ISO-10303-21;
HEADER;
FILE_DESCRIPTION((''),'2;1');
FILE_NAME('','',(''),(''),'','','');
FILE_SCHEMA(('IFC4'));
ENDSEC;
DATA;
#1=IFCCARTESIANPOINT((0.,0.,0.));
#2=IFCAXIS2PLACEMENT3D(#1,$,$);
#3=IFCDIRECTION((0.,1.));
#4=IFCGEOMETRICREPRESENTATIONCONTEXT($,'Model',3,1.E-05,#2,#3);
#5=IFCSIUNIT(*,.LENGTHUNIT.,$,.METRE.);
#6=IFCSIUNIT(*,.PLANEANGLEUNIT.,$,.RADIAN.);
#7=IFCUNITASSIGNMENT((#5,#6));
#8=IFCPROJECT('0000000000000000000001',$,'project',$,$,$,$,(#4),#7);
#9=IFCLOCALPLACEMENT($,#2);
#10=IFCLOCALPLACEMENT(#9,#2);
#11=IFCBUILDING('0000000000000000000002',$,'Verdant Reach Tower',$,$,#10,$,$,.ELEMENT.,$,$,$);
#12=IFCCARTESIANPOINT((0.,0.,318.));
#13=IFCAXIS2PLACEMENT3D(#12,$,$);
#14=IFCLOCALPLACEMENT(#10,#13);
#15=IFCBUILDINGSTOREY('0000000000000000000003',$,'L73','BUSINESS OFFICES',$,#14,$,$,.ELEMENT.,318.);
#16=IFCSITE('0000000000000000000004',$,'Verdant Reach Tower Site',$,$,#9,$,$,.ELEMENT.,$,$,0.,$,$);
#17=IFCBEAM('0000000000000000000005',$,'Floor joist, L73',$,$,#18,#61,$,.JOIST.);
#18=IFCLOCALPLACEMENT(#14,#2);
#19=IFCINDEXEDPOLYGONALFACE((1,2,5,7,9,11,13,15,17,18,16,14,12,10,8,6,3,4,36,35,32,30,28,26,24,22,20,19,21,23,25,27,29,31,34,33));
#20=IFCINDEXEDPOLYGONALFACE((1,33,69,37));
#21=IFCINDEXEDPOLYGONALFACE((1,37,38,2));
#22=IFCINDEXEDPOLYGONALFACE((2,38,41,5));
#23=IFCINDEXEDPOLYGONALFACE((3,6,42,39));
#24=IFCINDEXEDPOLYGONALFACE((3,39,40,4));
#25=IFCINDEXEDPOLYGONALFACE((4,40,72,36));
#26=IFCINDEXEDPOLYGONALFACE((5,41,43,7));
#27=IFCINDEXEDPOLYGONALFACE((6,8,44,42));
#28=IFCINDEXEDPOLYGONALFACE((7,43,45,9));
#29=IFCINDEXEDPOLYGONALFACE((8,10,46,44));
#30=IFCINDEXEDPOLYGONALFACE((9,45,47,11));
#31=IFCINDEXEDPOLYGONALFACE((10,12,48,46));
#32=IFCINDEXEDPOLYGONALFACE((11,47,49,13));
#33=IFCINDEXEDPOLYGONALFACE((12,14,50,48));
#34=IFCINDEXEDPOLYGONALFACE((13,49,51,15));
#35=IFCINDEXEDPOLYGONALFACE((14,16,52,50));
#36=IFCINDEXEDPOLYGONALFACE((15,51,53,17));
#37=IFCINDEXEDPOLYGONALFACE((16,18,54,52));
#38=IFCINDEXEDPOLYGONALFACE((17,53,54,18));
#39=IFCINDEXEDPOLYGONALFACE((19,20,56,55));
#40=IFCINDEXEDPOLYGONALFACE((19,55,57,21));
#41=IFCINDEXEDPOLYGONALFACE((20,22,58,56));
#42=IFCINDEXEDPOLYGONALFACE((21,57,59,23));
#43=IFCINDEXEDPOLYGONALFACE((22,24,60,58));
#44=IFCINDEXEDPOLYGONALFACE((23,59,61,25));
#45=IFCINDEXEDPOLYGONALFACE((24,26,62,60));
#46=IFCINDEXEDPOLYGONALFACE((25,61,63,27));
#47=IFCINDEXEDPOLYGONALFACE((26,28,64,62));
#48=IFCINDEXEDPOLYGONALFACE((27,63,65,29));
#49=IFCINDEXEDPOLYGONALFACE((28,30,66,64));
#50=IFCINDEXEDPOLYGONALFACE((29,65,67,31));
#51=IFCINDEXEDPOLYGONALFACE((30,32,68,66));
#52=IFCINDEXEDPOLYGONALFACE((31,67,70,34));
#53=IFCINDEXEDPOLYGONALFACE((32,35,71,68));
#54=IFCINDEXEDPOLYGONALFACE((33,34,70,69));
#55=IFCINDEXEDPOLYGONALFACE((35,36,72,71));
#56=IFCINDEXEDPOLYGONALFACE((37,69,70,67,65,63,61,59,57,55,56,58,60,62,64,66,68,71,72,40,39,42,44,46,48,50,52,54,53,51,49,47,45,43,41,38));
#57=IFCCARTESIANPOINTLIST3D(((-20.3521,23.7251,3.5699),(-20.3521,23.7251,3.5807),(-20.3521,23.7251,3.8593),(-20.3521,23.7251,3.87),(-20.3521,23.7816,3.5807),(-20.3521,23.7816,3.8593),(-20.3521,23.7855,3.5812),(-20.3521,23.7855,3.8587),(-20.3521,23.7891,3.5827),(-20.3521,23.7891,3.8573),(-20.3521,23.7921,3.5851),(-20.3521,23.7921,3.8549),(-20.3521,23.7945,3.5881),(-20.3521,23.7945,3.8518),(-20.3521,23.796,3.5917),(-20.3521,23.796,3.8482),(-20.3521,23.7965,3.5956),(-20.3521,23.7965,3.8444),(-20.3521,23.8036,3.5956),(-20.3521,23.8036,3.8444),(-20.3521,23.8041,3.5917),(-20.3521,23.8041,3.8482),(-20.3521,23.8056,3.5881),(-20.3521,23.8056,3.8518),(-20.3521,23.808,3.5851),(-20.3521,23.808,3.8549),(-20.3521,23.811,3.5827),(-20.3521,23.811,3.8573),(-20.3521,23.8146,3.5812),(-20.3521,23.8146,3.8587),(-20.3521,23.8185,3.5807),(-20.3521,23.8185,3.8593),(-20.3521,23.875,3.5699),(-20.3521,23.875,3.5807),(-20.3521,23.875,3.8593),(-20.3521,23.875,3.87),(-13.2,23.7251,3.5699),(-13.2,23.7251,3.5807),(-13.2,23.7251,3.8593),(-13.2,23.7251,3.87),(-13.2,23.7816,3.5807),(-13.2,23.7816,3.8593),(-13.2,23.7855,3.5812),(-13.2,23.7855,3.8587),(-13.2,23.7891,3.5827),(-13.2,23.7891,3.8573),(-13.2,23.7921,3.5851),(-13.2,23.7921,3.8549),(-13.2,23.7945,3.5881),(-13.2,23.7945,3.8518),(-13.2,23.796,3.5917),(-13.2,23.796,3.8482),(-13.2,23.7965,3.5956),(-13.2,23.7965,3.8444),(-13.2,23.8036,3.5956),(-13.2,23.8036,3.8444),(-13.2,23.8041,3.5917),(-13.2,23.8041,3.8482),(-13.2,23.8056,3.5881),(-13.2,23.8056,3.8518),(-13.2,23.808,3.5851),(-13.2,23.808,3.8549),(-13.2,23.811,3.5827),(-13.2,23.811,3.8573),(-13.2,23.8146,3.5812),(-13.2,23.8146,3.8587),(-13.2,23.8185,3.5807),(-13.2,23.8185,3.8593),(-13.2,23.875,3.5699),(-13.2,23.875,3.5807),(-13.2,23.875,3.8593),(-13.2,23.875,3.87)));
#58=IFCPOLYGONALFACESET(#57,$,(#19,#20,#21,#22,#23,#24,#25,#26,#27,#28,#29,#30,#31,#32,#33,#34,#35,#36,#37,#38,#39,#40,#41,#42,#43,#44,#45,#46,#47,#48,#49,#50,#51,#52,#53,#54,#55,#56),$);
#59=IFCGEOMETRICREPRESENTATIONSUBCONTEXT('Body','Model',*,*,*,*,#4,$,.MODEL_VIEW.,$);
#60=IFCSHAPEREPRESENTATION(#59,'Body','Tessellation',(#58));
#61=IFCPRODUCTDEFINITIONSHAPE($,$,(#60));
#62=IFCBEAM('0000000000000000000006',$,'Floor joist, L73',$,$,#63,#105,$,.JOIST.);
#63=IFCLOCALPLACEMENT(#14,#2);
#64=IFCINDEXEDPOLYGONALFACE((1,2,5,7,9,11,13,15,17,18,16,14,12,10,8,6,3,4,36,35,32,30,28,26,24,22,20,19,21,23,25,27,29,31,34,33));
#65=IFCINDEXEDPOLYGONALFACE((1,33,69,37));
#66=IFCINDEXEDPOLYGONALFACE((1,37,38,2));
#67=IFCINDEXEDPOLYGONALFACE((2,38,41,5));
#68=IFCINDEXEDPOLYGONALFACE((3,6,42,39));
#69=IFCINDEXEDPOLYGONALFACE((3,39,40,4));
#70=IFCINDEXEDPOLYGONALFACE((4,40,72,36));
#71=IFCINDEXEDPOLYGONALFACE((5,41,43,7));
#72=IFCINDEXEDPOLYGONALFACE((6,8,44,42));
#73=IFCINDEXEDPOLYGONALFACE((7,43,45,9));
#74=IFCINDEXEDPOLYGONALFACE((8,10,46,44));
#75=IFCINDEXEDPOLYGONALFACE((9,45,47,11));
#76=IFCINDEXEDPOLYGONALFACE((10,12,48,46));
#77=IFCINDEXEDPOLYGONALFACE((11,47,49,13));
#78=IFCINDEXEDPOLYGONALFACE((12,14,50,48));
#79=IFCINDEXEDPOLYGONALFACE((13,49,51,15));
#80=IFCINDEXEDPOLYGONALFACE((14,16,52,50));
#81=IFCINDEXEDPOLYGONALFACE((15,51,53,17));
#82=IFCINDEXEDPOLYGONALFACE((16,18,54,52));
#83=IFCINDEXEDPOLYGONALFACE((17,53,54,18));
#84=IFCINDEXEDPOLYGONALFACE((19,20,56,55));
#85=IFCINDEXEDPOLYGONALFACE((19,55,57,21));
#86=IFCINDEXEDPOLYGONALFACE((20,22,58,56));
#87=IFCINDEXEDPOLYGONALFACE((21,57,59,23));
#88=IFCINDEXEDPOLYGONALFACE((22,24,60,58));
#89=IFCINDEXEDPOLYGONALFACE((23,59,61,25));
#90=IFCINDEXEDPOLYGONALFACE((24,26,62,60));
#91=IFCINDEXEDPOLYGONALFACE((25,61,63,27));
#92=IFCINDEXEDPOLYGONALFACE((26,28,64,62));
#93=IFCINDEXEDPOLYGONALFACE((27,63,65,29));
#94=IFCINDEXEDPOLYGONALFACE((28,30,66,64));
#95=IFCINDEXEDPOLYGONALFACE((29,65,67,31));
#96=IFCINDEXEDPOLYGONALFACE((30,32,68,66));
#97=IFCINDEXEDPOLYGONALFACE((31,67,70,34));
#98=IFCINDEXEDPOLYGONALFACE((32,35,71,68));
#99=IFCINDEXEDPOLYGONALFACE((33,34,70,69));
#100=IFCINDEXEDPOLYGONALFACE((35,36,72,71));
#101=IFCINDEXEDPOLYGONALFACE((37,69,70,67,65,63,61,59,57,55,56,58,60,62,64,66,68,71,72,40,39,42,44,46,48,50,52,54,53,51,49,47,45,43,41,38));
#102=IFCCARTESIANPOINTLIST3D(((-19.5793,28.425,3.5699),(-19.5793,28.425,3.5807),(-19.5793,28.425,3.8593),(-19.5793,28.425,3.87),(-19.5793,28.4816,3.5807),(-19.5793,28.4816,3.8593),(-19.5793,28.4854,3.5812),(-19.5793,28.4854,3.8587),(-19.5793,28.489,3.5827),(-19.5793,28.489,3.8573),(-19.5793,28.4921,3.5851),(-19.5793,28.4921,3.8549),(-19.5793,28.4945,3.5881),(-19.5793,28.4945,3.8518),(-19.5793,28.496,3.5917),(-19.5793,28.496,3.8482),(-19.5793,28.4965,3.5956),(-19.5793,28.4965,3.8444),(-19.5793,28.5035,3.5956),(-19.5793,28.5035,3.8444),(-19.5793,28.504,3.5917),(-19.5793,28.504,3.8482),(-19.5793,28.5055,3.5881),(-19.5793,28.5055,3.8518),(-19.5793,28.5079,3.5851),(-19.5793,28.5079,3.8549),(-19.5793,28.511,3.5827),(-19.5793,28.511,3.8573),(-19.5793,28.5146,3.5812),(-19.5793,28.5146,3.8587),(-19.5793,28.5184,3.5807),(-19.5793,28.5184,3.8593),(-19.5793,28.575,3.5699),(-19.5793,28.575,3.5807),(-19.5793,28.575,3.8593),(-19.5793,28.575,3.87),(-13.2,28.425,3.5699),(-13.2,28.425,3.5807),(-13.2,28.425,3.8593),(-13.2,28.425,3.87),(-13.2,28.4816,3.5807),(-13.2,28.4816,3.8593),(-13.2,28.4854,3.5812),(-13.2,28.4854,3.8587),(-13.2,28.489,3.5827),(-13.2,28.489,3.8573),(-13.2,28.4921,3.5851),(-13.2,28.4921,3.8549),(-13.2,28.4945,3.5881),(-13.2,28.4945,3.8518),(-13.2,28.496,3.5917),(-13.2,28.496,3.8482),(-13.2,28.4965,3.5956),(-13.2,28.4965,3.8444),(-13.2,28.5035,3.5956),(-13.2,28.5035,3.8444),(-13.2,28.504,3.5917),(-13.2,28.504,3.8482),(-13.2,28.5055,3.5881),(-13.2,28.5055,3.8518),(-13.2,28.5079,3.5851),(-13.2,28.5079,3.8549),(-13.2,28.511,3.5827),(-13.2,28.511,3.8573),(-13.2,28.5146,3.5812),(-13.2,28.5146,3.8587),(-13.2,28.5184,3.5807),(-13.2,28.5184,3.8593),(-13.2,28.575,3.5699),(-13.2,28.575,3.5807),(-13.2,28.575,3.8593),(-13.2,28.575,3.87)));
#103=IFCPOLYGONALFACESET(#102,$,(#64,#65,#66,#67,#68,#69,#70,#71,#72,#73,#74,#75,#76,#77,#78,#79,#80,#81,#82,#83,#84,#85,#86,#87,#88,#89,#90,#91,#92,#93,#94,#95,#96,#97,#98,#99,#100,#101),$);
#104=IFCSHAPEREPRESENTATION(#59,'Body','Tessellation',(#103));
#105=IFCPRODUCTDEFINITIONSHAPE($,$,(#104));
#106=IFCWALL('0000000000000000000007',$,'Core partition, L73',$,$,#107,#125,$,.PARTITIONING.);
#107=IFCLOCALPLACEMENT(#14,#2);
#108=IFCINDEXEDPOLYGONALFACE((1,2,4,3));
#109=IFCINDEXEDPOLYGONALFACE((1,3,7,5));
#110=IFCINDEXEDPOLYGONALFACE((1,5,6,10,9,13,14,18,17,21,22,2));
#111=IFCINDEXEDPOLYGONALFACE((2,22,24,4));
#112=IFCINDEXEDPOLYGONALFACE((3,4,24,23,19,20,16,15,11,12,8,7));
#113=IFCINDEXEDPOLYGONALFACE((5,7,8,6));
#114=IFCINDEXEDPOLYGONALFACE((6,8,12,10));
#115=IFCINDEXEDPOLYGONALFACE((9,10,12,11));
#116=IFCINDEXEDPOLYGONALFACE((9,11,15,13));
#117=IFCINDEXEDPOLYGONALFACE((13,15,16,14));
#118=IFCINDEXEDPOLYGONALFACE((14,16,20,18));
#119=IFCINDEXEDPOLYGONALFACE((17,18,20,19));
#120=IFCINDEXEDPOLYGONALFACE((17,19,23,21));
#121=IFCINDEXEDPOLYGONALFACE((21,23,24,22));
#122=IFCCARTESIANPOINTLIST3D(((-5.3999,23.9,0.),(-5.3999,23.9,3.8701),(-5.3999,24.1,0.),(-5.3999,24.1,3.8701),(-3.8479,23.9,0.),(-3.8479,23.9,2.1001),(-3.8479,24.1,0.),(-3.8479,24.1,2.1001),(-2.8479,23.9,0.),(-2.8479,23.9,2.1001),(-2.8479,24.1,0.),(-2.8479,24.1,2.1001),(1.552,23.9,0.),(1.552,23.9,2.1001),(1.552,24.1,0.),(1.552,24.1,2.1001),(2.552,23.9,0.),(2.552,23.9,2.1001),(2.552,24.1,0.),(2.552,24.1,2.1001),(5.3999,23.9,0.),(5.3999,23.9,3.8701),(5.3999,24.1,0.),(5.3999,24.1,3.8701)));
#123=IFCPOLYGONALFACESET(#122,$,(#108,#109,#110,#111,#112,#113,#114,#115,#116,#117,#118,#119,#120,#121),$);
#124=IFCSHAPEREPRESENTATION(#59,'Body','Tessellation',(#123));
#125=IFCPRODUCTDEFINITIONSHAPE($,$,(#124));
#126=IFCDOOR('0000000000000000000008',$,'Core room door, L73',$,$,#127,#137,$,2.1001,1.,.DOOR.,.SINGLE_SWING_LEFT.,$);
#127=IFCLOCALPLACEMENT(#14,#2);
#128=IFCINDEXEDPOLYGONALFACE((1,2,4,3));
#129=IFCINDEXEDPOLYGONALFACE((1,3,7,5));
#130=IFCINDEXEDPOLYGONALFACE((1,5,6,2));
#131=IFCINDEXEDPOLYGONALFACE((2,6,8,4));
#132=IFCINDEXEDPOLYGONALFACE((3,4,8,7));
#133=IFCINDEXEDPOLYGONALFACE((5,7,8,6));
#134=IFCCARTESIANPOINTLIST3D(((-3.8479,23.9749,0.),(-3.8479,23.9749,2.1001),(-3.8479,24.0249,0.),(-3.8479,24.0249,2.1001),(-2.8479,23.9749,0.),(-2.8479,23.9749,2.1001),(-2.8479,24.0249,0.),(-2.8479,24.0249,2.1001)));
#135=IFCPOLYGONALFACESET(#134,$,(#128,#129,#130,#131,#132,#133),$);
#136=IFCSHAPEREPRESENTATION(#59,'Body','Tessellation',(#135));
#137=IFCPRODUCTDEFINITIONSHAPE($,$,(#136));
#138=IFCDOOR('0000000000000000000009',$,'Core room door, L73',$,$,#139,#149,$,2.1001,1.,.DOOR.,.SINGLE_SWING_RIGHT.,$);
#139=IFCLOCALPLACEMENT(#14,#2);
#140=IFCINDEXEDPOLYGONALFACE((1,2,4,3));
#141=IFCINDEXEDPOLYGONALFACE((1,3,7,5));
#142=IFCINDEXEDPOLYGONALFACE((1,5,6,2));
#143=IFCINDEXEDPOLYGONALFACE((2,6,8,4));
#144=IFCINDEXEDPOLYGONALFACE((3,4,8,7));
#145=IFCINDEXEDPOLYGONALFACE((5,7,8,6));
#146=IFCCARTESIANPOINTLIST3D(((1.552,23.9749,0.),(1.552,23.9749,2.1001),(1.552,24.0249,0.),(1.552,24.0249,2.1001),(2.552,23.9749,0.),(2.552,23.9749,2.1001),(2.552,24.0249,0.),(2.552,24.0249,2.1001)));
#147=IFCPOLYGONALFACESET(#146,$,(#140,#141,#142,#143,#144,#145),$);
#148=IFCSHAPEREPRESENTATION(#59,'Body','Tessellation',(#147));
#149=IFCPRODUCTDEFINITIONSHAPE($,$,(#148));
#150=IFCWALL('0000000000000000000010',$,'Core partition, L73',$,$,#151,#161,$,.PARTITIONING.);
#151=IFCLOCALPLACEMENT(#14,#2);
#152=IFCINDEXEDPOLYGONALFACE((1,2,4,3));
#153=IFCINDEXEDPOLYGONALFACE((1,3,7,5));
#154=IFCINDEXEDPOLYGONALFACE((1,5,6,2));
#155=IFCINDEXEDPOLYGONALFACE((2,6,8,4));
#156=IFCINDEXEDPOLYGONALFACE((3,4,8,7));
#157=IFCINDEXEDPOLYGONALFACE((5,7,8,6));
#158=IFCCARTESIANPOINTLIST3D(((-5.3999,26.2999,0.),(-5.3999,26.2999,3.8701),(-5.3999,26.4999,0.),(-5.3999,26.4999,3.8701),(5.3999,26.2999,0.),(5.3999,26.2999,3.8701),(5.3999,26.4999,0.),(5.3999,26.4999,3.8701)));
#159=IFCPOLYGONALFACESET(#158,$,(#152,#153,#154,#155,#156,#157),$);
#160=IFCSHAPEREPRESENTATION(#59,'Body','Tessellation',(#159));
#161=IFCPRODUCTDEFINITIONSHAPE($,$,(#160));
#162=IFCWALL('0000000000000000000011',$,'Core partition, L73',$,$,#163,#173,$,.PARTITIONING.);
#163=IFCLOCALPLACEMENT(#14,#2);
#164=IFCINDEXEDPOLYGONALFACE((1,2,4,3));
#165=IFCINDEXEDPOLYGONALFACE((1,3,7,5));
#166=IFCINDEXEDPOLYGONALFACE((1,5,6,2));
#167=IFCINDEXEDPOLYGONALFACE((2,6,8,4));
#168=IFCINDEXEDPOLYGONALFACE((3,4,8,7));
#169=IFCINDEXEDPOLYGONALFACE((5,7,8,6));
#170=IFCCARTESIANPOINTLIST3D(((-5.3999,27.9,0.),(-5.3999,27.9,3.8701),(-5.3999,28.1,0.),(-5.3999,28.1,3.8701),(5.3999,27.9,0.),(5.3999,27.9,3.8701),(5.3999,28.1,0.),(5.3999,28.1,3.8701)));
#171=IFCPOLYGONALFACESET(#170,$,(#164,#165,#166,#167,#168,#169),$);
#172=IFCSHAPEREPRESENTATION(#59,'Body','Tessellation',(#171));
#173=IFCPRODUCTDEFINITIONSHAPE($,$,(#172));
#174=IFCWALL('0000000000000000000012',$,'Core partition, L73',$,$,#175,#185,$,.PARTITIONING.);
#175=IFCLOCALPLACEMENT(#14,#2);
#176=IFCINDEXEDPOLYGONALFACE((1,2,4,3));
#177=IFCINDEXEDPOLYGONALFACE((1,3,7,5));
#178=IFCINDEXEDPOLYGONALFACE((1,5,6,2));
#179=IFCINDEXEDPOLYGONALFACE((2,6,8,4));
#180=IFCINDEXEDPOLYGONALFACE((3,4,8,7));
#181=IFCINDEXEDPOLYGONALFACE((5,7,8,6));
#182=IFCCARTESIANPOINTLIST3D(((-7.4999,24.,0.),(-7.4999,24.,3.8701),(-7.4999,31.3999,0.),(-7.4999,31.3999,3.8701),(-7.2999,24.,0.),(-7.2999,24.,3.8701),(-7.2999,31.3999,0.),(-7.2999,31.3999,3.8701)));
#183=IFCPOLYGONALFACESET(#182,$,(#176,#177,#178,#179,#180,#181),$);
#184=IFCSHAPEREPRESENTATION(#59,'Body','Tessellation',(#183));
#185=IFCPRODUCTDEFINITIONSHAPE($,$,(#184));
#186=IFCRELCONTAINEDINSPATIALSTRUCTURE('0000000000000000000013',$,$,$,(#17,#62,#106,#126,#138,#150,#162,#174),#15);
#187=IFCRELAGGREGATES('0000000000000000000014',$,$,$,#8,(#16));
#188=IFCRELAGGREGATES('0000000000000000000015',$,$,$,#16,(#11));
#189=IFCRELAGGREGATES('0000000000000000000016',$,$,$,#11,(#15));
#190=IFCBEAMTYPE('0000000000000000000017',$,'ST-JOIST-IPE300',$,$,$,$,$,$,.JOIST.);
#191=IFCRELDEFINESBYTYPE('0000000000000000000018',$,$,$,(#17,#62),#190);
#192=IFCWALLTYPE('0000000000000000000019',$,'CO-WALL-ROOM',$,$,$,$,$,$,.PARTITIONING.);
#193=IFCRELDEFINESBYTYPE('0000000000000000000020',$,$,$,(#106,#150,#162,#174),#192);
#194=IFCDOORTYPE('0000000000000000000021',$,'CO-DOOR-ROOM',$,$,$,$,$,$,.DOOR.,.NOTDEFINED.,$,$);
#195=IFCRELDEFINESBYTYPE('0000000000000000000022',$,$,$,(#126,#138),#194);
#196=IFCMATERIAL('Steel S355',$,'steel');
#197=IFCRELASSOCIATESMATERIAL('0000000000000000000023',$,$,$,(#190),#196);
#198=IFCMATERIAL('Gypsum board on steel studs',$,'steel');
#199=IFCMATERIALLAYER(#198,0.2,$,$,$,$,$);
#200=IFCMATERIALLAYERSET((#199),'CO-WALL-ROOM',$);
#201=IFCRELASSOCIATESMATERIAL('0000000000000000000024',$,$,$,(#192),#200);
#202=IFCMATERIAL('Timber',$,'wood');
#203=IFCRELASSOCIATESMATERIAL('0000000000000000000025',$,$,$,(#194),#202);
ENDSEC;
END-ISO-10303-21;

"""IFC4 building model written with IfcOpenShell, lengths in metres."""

from ifc_helpers import new_model, si_unit, direction, frame, frame_2d, origin, origin_2d, place, context, subcontext, project, spatial, rectangle, i_section, extrude, material, layer, layer_set, material_profile, profile_set, type_object, element, fill, save


model = new_model("IFC4")

# Units and contexts
model_context = context("Model", 3, precision=1e-05, world=origin(), true_north=direction((0.0, 1.0)))
body_context = subcontext(model_context, "Body", "Model", "MODEL_VIEW")
ifc_project = project(units=[si_unit("LENGTHUNIT", "METRE"), si_unit("PLANEANGLEUNIT", "RADIAN")], contexts=[model_context])

# Site, building, storey
site_placement = place(None, origin())
site = spatial("IfcSite", under=ifc_project, at=site_placement, Name="Verdant Reach Tower Site", CompositionType="ELEMENT", RefElevation=0.0)
building_placement = place(site_placement, origin())
building = spatial("IfcBuilding", under=site, at=building_placement, Name="Verdant Reach Tower", CompositionType="ELEMENT")
storey_placement = place(building_placement, frame((0.0, 0.0, 318.0)))
storey = spatial("IfcBuildingStorey", under=building, at=storey_placement, Name="L73", Description="BUSINESS OFFICES", CompositionType="ELEMENT", Elevation=318.0)

# Beams
ifc_material_1 = material(Name="Steel S355", Category="steel")
ifc_material_profile = material_profile(ifc_material_1, i_section(OverallWidth=0.1499, OverallDepth=0.3, WebThickness=0.0071, FlangeThickness=0.0107, FilletRadius=0.0149, at=origin_2d()), Name="IPE 300")
ifc_profile_set = profile_set([ifc_material_profile], Name="Steel S355")
beam_type = type_object("IfcBeamType", Name="ST-JOIST-IPE300", PredefinedType="JOIST", material=ifc_profile_set)
beam_1_placement = place(storey_placement, frame((-13.2, 23.8, 3.72), z_axis=(-1.0, 0.0, 0.0), x_axis=(0.0, -1.0, 0.0)))
element("IfcBeam", 1, at=beam_1_placement, inside=storey, type_object=beam_type, Name="Floor joist, L73", PredefinedType="JOIST", context=body_context, shape_type="SweptSolid", body=[
    extrude(i_section(OverallWidth=0.1499, OverallDepth=0.3, WebThickness=0.0071, FlangeThickness=0.0107, FilletRadius=0.0149, at=origin_2d()), origin(), (0.0, 0.0, 1.0), 7.1521),
])
beam_2_placement = place(storey_placement, frame((-13.2, 28.5, 3.72), z_axis=(-1.0, 0.0, 0.0), x_axis=(0.0, -1.0, 0.0)))
element("IfcBeam", 2, at=beam_2_placement, inside=storey, type_object=beam_type, Name="Floor joist, L73", PredefinedType="JOIST", context=body_context, shape_type="SweptSolid", body=[
    extrude(i_section(OverallWidth=0.1499, OverallDepth=0.3, WebThickness=0.0071, FlangeThickness=0.0107, FilletRadius=0.0149, at=origin_2d()), origin(), (0.0, 0.0, 1.0), 6.3794),
])

# Wall, openings, doors
ifc_material_2 = material(Name="Gypsum board on steel studs", Category="steel")
ifc_layer_1 = layer(ifc_material_2, 0.2)
ifc_layer_set_1 = layer_set([ifc_layer_1], Name="CO-WALL-ROOM")
wall_type_1 = type_object("IfcWallType", Name="CO-WALL-ROOM", PredefinedType="PARTITIONING", material=ifc_layer_set_1)
wall_1_placement = place(storey_placement, frame((-5.3999, 24.0, 0.0), z_axis=(0.0, 0.0, 1.0), x_axis=(1.0, 0.0, 0.0)))
wall_1 = element("IfcWall", 3, at=wall_1_placement, inside=storey, type_object=wall_type_1, Name="Core partition, L73", PredefinedType="PARTITIONING", context=body_context, shape_type="SweptSolid", body=[
    extrude(rectangle(XDim=10.7998, YDim=0.2, at=frame_2d((5.3999, 0.0))), origin(), (0.0, 0.0, 1.0), 3.8701),
])
opening_1_placement = place(wall_1_placement, frame((1.552, 0.0, 0.0)))
opening_1 = element("IfcOpeningElement", 4, at=opening_1_placement, cuts=wall_1, PredefinedType="OPENING", context=body_context, shape_type="SweptSolid", body=[
    extrude(rectangle(XDim=1.0, YDim=2.1001, at=frame_2d((0.5, 1.05))), frame((0.0, 0.1099, 0.0), z_axis=(0.0, -1.0, 0.0), x_axis=(1.0, 0.0, 0.0)), (0.0, 0.0, 1.0), 0.22),
])
opening_2_placement = place(wall_1_placement, frame((6.9519, 0.0, 0.0)))
opening_2 = element("IfcOpeningElement", 5, at=opening_2_placement, cuts=wall_1, PredefinedType="OPENING", context=body_context, shape_type="SweptSolid", body=[
    extrude(rectangle(XDim=1.0, YDim=2.1001, at=frame_2d((0.5, 1.05))), frame((0.0, 0.1099, 0.0), z_axis=(0.0, -1.0, 0.0), x_axis=(1.0, 0.0, 0.0)), (0.0, 0.0, 1.0), 0.22),
])
ifc_material_3 = material(Name="Timber", Category="wood")
door_type_1 = type_object("IfcDoorType", Name="CO-DOOR-ROOM", OperationType="NOTDEFINED", PredefinedType="DOOR", material=ifc_material_3)
door_1_placement = place(opening_1_placement, origin())
door_1 = element("IfcDoor", 6, at=door_1_placement, inside=storey, type_object=door_type_1, Name="Core room door, L73", OperationType="SINGLE_SWING_LEFT", OverallHeight=2.1001, OverallWidth=1.0, PredefinedType="DOOR", context=body_context, shape_type="SweptSolid", body=[
    extrude(rectangle(XDim=1.0, YDim=2.1001, at=frame_2d((0.5, 1.05))), frame((0.0, 0.0249, 0.0), z_axis=(0.0, -1.0, 0.0), x_axis=(1.0, 0.0, 0.0)), (0.0, 0.0, 1.0), 0.05),
])
fill(opening_1, door_1)
door_2_placement = place(opening_2_placement, origin())
door_2 = element("IfcDoor", 7, at=door_2_placement, inside=storey, type_object=door_type_1, Name="Core room door, L73", OperationType="SINGLE_SWING_RIGHT", OverallHeight=2.1001, OverallWidth=1.0, PredefinedType="DOOR", context=body_context, shape_type="SweptSolid", body=[
    extrude(rectangle(XDim=1.0, YDim=2.1001, at=frame_2d((0.5, 1.05))), frame((0.0, 0.0249, 0.0), z_axis=(0.0, -1.0, 0.0), x_axis=(1.0, 0.0, 0.0)), (0.0, 0.0, 1.0), 0.05),
])
fill(opening_2, door_2)

# Walls
for number, where, z_axis, x_axis, name in (
    (8, (-5.3999, 26.3999, 0.0), (0.0, 0.0, 1.0), (1.0, 0.0, 0.0), "Core partition, L73"),
    (9, (-5.3999, 28.0, 0.0), (0.0, 0.0, 1.0), (1.0, 0.0, 0.0), "Core partition, L73"),
):
    element("IfcWall", number, at=place(storey_placement, frame(where, z_axis=z_axis, x_axis=x_axis)), inside=storey, type_object=wall_type_1, Name=name, PredefinedType="PARTITIONING", context=body_context, shape_type="SweptSolid", body=[
        extrude(rectangle(XDim=10.7998, YDim=0.2, at=frame_2d((5.3999, 0.0))), origin(), (0.0, 0.0, 1.0), 3.8701),
    ])
wall_2_placement = place(storey_placement, frame((-7.3999, 24.0, 0.0), z_axis=(0.0, 0.0, 1.0), x_axis=(0.0, 1.0, 0.0)))
element("IfcWall", 10, at=wall_2_placement, inside=storey, type_object=wall_type_1, Name="Core partition, L73", PredefinedType="PARTITIONING", context=body_context, shape_type="SweptSolid", body=[
    extrude(rectangle(XDim=7.3999, YDim=0.2, at=frame_2d((3.7, 0.0))), origin(), (0.0, 0.0, 1.0), 3.8701),
])

save(model, "model.ifc")
